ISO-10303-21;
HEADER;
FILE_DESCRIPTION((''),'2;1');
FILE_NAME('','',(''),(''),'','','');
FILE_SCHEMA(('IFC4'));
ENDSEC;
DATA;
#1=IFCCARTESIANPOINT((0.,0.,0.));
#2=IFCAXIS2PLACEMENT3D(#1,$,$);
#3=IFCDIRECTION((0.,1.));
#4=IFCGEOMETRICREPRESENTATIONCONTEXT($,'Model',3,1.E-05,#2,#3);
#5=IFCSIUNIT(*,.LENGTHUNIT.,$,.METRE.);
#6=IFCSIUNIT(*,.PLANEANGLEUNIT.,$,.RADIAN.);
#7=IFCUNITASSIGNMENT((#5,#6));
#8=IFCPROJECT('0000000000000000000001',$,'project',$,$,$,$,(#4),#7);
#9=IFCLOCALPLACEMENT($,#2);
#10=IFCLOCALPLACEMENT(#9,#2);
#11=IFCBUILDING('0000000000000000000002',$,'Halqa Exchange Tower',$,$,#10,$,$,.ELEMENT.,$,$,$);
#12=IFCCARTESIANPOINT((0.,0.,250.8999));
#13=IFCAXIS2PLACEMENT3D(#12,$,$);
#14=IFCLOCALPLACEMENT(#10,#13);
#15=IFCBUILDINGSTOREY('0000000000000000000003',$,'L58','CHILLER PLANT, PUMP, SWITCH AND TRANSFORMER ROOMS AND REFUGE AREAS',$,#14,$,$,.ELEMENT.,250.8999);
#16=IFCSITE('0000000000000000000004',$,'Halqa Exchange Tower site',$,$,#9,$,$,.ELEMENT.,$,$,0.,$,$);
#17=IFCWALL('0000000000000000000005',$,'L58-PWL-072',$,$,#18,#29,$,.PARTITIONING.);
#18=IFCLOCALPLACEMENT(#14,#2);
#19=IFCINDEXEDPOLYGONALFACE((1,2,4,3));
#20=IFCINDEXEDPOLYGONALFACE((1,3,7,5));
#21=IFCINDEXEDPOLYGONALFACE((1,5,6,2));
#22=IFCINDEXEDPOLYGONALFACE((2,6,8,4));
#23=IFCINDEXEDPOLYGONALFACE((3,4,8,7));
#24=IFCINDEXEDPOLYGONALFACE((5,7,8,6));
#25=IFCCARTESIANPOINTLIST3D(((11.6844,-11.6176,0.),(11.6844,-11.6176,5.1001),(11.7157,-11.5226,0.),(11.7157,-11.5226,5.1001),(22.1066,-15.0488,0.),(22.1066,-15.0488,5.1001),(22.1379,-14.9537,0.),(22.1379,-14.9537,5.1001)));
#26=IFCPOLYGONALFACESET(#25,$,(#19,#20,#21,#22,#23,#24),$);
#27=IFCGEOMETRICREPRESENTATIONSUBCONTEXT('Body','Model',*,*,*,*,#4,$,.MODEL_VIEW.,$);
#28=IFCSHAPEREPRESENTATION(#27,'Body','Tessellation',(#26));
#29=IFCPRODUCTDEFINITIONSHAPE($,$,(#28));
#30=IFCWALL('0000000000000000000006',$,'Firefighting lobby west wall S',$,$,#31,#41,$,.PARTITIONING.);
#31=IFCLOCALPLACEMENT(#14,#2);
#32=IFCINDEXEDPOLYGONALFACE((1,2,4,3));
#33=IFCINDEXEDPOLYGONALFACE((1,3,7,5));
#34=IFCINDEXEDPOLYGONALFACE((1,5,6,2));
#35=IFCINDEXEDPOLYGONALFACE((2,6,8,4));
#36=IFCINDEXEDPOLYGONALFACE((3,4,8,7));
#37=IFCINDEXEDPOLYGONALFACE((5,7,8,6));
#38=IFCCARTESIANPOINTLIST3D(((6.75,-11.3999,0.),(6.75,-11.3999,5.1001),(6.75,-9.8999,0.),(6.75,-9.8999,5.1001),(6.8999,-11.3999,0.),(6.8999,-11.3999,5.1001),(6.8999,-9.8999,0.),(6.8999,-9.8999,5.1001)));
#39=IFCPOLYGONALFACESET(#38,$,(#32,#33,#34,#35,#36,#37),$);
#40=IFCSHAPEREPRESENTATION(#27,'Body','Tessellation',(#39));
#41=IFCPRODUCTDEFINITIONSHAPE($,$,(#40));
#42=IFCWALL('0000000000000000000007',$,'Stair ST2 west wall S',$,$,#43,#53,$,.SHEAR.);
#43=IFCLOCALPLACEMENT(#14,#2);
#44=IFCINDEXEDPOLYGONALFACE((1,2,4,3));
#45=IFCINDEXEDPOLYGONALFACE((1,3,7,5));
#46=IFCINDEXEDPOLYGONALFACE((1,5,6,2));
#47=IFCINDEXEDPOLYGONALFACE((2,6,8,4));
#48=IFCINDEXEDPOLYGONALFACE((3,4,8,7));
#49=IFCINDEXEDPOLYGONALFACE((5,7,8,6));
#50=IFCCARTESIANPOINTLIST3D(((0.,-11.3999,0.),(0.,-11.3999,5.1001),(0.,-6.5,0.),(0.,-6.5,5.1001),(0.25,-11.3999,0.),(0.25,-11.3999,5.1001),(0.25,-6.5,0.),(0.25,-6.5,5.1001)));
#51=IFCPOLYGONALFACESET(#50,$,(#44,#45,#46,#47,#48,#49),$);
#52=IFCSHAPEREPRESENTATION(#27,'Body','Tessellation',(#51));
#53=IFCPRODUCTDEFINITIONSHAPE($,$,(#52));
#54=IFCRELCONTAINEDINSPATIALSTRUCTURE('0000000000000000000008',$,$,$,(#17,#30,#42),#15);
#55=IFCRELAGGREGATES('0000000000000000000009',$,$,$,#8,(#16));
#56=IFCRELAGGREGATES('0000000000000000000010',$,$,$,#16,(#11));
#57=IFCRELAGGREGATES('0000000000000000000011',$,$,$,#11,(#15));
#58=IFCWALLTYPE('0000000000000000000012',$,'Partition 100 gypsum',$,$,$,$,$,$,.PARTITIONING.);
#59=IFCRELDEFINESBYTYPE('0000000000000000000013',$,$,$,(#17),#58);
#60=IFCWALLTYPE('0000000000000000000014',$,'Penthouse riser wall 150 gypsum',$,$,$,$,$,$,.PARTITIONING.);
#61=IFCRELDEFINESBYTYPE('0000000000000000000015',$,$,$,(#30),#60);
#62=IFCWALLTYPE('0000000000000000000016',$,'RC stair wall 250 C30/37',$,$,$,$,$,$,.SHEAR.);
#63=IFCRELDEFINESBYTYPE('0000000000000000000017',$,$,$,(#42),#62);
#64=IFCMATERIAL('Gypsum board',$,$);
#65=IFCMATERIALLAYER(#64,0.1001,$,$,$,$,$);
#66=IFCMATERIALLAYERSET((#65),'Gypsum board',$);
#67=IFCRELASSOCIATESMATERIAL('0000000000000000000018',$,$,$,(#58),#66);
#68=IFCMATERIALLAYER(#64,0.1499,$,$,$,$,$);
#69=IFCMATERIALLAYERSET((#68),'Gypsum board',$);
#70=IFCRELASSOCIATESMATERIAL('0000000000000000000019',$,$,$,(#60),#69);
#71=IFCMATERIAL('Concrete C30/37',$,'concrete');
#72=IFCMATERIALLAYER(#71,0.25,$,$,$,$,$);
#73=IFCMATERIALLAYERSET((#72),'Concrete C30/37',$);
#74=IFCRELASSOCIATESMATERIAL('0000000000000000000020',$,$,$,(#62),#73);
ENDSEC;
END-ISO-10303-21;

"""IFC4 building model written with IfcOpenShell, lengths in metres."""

from ifc_helpers import new_model, si_unit, direction, frame, frame_2d, origin, place, context, subcontext, project, spatial, rectangle, extrude, material, layer, layer_set, type_object, element, save


model = new_model("IFC4")

# Units and contexts
model_context = context("Model", 3, precision=1e-05, world=origin(), true_north=direction((0.0, 1.0)))
body_context = subcontext(model_context, "Body", "Model", "MODEL_VIEW")
ifc_project = project(units=[si_unit("LENGTHUNIT", "METRE"), si_unit("PLANEANGLEUNIT", "RADIAN")], contexts=[model_context])

# Site, building, storey
site_placement = place(None, origin())
site = spatial("IfcSite", under=ifc_project, at=site_placement, Name="Halqa Exchange Tower site", CompositionType="ELEMENT", RefElevation=0.0)
building_placement = place(site_placement, origin())
building = spatial("IfcBuilding", under=site, at=building_placement, Name="Halqa Exchange Tower", CompositionType="ELEMENT")
storey_placement = place(building_placement, frame((0.0, 0.0, 250.8999)))
storey = spatial("IfcBuildingStorey", under=building, at=storey_placement, Name="L58", Description="CHILLER PLANT, PUMP, SWITCH AND TRANSFORMER ROOMS AND REFUGE AREAS", CompositionType="ELEMENT", Elevation=250.8999)

# Walls
ifc_material_1 = material(Name="Gypsum board")
ifc_layer_1 = layer(ifc_material_1, 0.1001)
ifc_layer_set_1 = layer_set([ifc_layer_1], Name="Gypsum board")
wall_type_1 = type_object("IfcWallType", Name="Partition 100 gypsum", PredefinedType="PARTITIONING", material=ifc_layer_set_1)
wall_1_placement = place(storey_placement, frame((11.7, -11.5701, 0.0), z_axis=(0.0, 0.0, 1.0), x_axis=(0.949849, -0.312708, 0.0)))
element("IfcWall", 1, at=wall_1_placement, inside=storey, type_object=wall_type_1, Name="L58-PWL-072", PredefinedType="PARTITIONING", context=body_context, shape_type="SweptSolid", body=[
    extrude(rectangle(XDim=10.9724, YDim=0.1001, at=frame_2d((5.4863, 0.0))), origin(), (0.0, 0.0, 1.0), 5.1001),
])
ifc_layer_2 = layer(ifc_material_1, 0.1499)
ifc_layer_set_2 = layer_set([ifc_layer_2], Name="Gypsum board")
wall_type_2 = type_object("IfcWallType", Name="Penthouse riser wall 150 gypsum", PredefinedType="PARTITIONING", material=ifc_layer_set_2)
wall_2_placement = place(storey_placement, frame((6.825, -11.3999, 0.0), z_axis=(0.0, 0.0, 1.0), x_axis=(0.0, 1.0, 0.0)))
element("IfcWall", 2, at=wall_2_placement, inside=storey, type_object=wall_type_2, Name="Firefighting lobby west wall S", PredefinedType="PARTITIONING", context=body_context, shape_type="SweptSolid", body=[
    extrude(rectangle(XDim=1.5, YDim=0.1499, at=frame_2d((0.75, 0.0))), origin(), (0.0, 0.0, 1.0), 5.1001),
])
ifc_material_2 = material(Name="Concrete C30/37", Category="concrete")
ifc_layer_3 = layer(ifc_material_2, 0.25)
ifc_layer_set_3 = layer_set([ifc_layer_3], Name="Concrete C30/37")
wall_type_3 = type_object("IfcWallType", Name="RC stair wall 250 C30/37", PredefinedType="SHEAR", material=ifc_layer_set_3)
wall_3_placement = place(storey_placement, frame((0.125, -11.3999, 0.0), z_axis=(0.0, 0.0, 1.0), x_axis=(0.0, 1.0, 0.0)))
element("IfcWall", 3, at=wall_3_placement, inside=storey, type_object=wall_type_3, Name="Stair ST2 west wall S", PredefinedType="SHEAR", context=body_context, shape_type="SweptSolid", body=[
    extrude(rectangle(XDim=4.8999, YDim=0.25, at=frame_2d((2.45, 0.0))), origin(), (0.0, 0.0, 1.0), 5.1001),
])

save(model, "model.ifc")
